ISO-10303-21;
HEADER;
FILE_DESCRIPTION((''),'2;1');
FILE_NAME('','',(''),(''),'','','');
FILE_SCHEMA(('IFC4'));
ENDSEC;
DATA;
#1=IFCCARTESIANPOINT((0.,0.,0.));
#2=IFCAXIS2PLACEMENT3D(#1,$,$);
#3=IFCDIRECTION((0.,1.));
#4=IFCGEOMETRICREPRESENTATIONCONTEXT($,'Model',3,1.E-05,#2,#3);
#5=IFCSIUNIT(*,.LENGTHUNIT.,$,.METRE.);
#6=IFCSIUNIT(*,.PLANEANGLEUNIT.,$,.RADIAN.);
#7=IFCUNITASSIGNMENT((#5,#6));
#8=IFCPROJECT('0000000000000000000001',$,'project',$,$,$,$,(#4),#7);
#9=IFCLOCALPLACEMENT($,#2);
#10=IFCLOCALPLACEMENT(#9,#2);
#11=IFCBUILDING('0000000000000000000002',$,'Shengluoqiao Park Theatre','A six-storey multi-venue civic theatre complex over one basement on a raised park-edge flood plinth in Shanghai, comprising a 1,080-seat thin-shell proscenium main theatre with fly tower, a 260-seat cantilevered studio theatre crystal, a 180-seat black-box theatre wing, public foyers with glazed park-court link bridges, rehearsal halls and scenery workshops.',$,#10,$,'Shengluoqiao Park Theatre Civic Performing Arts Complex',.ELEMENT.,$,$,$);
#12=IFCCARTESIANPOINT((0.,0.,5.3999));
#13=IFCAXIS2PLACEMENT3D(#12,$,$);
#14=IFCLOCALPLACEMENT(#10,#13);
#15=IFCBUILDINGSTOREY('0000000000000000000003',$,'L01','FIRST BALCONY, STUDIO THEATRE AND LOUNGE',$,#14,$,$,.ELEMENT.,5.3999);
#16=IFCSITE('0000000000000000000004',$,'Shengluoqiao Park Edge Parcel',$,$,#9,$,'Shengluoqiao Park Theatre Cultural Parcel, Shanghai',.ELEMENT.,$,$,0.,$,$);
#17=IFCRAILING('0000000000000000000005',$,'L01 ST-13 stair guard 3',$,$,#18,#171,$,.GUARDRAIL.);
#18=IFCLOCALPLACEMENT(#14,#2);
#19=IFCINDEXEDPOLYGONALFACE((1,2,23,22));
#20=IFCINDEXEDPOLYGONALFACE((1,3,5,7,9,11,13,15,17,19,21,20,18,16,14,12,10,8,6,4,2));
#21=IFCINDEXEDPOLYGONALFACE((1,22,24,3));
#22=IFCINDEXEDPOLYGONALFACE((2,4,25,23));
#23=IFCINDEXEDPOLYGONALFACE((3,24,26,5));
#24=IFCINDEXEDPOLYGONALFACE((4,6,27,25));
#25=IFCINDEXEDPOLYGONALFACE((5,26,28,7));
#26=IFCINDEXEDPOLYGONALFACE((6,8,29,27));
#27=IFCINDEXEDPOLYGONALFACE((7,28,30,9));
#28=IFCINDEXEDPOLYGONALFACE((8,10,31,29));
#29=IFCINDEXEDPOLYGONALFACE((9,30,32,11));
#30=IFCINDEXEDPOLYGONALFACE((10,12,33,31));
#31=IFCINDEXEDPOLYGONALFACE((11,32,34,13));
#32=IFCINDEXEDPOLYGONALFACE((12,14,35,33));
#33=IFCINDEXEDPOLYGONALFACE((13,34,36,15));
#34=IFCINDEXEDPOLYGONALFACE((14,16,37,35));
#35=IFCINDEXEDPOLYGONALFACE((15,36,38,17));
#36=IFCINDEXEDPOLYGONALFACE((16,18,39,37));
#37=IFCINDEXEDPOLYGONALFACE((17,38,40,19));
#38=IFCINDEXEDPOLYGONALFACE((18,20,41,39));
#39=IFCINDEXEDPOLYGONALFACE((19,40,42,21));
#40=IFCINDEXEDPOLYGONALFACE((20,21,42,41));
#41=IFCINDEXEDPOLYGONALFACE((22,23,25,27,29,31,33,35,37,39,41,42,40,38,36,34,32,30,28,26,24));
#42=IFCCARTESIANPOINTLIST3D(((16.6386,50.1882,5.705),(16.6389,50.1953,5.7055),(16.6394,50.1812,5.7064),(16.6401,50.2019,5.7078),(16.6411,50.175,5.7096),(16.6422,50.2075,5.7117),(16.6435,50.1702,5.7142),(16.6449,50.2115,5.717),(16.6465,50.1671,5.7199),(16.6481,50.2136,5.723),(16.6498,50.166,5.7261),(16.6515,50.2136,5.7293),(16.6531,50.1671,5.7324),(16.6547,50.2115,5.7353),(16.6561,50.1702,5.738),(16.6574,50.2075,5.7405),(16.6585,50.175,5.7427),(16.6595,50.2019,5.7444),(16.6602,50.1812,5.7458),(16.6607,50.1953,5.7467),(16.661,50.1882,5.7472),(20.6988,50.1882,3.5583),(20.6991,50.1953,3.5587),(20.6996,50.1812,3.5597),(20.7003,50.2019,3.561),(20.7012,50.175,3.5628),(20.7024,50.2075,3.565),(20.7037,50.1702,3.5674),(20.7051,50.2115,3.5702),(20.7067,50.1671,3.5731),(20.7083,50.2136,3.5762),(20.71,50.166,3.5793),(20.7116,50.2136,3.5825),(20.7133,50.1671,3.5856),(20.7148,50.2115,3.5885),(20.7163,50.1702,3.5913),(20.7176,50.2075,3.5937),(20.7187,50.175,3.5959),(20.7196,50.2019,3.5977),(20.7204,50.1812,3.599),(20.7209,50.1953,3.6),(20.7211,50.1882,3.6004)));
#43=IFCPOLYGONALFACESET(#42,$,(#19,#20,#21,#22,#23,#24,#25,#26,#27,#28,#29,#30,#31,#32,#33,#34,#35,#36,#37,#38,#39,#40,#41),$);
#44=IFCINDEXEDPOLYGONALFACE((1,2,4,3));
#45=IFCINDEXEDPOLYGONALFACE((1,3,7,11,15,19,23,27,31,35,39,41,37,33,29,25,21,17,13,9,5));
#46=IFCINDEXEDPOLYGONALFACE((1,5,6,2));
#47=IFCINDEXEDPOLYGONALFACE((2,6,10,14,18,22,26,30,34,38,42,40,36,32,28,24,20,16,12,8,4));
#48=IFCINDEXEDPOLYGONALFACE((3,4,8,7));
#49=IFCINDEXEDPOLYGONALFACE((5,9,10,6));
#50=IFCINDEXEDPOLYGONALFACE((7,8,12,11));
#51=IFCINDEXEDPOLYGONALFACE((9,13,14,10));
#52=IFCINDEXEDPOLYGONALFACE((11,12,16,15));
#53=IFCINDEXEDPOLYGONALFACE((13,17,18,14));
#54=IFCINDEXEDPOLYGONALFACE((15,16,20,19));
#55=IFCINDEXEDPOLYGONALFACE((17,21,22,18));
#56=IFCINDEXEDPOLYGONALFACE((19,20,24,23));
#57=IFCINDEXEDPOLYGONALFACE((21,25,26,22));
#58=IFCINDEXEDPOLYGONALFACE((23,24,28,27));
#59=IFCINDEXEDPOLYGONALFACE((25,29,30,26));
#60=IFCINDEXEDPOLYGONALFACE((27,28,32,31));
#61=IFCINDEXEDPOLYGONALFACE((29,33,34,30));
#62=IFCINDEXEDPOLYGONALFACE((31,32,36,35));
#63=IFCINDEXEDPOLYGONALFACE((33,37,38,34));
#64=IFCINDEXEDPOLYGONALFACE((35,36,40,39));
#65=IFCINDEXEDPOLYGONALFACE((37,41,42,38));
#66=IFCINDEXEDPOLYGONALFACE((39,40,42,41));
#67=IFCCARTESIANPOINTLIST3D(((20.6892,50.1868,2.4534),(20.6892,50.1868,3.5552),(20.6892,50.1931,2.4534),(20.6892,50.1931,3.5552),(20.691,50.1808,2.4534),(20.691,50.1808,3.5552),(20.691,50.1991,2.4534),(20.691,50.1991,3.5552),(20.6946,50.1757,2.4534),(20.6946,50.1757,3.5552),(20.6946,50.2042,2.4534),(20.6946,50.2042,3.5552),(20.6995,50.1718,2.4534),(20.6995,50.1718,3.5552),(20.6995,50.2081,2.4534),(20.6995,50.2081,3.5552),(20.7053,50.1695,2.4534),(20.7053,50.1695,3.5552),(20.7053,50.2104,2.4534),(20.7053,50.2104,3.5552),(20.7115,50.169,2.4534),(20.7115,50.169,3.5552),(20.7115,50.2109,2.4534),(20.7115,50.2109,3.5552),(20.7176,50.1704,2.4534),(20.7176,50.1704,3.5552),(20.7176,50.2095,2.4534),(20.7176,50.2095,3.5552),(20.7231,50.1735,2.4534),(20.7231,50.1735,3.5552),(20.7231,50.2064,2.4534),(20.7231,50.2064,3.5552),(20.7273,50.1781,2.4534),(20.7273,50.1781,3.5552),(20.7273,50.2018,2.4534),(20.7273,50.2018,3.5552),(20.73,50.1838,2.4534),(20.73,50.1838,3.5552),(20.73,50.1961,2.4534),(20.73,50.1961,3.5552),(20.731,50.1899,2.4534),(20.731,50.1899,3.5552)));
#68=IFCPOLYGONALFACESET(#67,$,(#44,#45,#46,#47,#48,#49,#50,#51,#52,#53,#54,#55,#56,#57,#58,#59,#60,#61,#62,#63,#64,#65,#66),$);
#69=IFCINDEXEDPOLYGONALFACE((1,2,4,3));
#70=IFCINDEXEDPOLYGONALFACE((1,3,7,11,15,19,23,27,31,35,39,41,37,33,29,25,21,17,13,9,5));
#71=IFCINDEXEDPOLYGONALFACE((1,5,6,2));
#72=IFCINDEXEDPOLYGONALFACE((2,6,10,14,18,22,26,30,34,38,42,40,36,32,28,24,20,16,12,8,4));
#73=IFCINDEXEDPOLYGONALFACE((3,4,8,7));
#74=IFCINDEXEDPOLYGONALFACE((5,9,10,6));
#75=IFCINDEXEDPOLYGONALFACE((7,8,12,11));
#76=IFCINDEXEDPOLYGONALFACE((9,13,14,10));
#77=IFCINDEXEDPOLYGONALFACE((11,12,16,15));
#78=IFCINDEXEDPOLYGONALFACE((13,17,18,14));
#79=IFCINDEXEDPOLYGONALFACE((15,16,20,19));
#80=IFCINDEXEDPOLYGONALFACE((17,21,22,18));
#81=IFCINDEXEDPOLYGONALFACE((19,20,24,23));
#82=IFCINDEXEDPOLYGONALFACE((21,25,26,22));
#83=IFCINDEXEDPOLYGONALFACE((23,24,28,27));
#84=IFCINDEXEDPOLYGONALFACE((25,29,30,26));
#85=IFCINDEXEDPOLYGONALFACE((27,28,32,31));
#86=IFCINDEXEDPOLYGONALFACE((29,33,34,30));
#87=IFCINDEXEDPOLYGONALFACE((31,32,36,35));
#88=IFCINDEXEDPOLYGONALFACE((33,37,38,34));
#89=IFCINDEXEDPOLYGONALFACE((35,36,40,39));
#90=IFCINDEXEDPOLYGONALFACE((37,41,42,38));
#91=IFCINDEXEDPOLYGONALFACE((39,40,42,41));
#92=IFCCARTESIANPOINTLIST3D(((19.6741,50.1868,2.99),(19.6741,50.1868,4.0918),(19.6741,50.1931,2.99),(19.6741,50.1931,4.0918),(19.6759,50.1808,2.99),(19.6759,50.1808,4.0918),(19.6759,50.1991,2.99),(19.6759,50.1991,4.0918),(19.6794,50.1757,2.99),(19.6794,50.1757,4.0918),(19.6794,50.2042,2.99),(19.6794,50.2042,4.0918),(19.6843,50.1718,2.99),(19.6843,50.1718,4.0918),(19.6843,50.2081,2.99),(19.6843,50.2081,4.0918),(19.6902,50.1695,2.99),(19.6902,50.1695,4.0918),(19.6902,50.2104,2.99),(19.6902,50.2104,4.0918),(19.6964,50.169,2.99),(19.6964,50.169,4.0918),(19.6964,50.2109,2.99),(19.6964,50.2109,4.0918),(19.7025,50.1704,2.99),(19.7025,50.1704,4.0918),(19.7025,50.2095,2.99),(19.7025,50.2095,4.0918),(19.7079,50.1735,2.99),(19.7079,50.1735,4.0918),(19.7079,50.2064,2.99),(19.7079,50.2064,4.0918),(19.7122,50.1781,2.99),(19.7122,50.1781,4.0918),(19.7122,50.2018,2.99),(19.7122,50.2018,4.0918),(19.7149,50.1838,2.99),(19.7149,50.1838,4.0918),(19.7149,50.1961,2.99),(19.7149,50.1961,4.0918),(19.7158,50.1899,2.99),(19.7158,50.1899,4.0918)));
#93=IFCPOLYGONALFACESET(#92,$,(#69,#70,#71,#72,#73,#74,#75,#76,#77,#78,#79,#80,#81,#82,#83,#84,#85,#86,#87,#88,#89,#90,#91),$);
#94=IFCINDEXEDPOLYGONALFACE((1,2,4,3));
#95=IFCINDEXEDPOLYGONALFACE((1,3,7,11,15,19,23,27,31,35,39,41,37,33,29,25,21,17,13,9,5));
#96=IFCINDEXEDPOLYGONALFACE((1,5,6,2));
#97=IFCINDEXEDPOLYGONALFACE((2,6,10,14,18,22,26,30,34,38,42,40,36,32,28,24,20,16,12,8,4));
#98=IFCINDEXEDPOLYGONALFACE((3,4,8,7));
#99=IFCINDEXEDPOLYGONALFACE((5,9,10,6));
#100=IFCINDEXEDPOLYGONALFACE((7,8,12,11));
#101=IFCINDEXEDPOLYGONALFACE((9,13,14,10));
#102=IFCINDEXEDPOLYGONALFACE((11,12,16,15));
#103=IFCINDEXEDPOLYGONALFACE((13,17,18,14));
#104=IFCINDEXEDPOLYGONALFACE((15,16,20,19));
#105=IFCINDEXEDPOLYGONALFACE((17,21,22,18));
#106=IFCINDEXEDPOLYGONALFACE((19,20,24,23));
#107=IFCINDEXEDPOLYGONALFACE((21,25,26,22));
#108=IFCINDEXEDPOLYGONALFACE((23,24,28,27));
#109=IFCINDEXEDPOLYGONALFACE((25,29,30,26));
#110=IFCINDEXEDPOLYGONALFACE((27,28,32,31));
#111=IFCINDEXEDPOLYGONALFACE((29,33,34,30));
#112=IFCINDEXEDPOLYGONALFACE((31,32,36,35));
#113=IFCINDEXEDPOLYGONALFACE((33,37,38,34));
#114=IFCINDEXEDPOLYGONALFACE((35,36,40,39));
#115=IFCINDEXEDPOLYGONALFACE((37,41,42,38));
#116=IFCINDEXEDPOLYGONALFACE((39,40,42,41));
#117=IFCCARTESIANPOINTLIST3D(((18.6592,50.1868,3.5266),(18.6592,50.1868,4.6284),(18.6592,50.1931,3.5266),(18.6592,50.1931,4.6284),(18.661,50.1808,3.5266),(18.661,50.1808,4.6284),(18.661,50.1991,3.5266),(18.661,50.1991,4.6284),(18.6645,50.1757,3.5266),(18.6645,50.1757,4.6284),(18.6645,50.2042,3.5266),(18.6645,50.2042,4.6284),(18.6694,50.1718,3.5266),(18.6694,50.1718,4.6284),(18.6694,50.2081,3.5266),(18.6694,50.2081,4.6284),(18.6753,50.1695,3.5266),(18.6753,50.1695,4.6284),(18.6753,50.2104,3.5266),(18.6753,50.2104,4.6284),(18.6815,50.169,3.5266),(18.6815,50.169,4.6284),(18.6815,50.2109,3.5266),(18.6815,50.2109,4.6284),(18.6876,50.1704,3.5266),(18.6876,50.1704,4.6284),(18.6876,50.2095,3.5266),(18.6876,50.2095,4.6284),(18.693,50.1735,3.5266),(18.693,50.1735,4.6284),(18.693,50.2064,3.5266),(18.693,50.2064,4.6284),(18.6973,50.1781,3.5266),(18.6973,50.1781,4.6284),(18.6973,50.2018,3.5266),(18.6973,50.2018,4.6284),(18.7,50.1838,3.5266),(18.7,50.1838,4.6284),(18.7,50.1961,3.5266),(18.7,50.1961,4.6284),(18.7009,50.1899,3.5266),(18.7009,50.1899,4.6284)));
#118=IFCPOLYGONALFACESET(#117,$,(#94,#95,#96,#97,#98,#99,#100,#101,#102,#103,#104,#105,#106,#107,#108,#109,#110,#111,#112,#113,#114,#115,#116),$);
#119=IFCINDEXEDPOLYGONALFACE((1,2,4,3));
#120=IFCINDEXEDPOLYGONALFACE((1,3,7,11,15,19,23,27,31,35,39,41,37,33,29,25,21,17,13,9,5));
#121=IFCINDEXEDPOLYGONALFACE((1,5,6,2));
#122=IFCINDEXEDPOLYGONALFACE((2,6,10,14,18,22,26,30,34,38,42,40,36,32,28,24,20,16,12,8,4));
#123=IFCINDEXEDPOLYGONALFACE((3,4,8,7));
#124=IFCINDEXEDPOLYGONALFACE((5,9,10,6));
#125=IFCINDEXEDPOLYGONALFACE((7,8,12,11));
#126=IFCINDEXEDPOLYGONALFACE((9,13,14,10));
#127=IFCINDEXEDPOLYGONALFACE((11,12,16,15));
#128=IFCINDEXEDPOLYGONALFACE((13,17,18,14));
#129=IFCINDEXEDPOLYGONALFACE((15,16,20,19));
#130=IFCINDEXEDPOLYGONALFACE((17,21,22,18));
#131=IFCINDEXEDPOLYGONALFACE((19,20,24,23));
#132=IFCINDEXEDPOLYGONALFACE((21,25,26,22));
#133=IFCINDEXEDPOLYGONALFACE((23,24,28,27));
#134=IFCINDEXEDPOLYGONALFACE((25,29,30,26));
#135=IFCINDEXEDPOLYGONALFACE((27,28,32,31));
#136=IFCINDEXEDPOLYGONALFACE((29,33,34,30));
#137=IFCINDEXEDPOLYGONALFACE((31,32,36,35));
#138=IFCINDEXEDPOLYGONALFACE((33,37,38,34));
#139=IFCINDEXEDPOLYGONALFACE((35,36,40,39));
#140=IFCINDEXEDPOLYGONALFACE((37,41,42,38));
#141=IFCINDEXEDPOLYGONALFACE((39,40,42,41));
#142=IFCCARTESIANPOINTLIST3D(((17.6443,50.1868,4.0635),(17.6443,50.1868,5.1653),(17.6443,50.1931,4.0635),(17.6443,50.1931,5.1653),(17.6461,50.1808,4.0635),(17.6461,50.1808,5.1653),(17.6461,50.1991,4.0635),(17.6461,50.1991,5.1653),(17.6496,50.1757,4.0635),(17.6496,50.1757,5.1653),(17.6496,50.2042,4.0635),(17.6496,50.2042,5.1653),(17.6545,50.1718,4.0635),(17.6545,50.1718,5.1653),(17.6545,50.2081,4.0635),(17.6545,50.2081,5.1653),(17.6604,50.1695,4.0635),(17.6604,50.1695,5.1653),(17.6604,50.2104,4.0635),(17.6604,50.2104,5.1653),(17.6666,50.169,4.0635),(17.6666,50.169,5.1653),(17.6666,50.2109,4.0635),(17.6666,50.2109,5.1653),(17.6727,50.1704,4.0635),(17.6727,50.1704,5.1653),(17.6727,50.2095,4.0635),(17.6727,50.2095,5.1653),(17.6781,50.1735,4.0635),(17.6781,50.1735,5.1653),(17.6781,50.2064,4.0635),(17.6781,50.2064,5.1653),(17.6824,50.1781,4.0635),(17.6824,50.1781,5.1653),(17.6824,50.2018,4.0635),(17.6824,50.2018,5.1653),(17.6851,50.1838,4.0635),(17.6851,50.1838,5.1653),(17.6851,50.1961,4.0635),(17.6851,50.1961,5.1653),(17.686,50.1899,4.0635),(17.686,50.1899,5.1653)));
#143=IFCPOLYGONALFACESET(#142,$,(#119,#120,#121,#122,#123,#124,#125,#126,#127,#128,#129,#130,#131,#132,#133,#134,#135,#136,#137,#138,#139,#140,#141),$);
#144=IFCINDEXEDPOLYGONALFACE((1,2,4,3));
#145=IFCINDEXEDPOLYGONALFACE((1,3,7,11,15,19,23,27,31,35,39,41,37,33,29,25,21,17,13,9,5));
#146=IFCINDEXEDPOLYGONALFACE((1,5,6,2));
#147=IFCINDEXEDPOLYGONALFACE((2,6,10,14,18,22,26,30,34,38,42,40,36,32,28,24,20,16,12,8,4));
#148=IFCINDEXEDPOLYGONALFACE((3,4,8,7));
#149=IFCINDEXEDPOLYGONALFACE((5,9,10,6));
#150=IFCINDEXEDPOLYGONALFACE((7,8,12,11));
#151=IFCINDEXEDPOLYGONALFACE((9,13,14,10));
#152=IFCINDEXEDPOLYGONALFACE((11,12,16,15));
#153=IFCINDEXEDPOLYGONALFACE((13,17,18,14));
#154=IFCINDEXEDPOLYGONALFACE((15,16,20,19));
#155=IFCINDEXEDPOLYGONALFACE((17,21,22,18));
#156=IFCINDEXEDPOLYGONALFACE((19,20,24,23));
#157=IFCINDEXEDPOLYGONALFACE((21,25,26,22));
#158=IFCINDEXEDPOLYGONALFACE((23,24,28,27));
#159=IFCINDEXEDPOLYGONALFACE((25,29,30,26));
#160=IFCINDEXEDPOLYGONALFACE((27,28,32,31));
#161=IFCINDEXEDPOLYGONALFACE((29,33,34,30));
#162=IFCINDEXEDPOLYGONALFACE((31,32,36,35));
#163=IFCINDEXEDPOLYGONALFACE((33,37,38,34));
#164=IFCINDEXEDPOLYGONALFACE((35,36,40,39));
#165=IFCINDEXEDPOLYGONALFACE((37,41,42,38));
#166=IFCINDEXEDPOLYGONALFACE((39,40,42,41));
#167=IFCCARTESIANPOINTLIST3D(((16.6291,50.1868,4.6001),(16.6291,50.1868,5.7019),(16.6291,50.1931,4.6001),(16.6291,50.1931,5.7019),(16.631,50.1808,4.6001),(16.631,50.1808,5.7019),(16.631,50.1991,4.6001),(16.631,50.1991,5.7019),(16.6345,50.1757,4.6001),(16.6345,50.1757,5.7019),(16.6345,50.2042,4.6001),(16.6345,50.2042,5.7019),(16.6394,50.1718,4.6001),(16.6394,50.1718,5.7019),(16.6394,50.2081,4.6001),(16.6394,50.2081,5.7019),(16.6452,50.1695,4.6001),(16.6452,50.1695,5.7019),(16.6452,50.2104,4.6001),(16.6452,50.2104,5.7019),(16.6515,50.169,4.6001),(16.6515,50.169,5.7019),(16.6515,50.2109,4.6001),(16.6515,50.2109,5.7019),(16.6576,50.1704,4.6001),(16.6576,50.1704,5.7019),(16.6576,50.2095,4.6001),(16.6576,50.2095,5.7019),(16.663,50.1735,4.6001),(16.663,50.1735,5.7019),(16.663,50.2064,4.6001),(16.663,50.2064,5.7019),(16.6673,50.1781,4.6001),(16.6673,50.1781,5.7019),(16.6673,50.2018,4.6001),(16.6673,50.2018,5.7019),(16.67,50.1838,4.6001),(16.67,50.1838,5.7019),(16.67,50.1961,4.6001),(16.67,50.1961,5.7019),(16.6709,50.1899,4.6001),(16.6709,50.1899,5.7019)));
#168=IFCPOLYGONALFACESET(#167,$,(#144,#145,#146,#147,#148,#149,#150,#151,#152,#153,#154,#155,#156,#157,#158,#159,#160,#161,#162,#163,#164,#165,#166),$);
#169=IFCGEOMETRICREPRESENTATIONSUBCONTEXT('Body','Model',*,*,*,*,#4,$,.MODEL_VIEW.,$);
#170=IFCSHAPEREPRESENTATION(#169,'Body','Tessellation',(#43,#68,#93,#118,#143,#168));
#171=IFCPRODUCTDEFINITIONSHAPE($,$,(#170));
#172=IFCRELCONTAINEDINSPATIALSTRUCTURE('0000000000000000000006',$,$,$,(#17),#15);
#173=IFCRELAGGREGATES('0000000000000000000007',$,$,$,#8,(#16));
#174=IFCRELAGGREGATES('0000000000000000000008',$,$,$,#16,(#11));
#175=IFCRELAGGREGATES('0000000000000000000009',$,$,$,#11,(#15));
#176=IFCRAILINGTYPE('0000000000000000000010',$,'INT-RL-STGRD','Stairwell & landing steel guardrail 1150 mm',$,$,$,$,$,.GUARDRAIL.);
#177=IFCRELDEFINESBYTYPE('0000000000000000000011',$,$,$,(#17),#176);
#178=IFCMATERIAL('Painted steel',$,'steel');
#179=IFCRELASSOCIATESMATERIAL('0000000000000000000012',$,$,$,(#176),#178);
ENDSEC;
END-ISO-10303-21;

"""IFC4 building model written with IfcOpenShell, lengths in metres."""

from ifc_helpers import new_model, si_unit, direction, frame, origin, origin_2d, place, context, subcontext, project, spatial, circle, extrude, material, type_object, element, save


model = new_model("IFC4")

# Units and contexts
model_context = context("Model", 3, precision=1e-05, world=origin(), true_north=direction((0.0, 1.0)))
body_context = subcontext(model_context, "Body", "Model", "MODEL_VIEW")
ifc_project = project(units=[si_unit("LENGTHUNIT", "METRE"), si_unit("PLANEANGLEUNIT", "RADIAN")], contexts=[model_context])

# Site, building, storey
site_placement = place(None, origin())
site = spatial("IfcSite", under=ifc_project, at=site_placement, Name="Shengluoqiao Park Edge Parcel", LongName="Shengluoqiao Park Theatre Cultural Parcel, Shanghai", CompositionType="ELEMENT", RefElevation=0.0)
building_placement = place(site_placement, origin())
building = spatial("IfcBuilding", under=site, at=building_placement, Name="Shengluoqiao Park Theatre", Description="A six-storey multi-venue civic theatre complex over one basement on a raised park-edge flood plinth in Shanghai, comprising a 1,080-seat thin-shell proscenium main theatre with fly tower, a 260-seat cantilevered studio theatre crystal, a 180-seat black-box theatre wing, public foyers with glazed park-court link bridges, rehearsal halls and scenery workshops.", LongName="Shengluoqiao Park Theatre Civic Performing Arts Complex", CompositionType="ELEMENT")
storey_placement = place(building_placement, frame((0.0, 0.0, 5.3999)))
storey = spatial("IfcBuildingStorey", under=building, at=storey_placement, Name="L01", Description="FIRST BALCONY, STUDIO THEATRE AND LOUNGE", CompositionType="ELEMENT", Elevation=5.3999)

# Railing
ifc_material_1 = material(Name="Painted steel", Category="steel")
railing_type_1 = type_object("IfcRailingType", Name="INT-RL-STGRD", Description="Stairwell & landing steel guardrail 1150 mm", PredefinedType="GUARDRAIL", material=ifc_material_1)
railing_1_placement = place(storey_placement, frame((20.71, 50.1899, 2.4534)))
element("IfcRailing", 1, at=railing_1_placement, inside=storey, type_object=railing_type_1, Name="L01 ST-13 stair guard 3", PredefinedType="GUARDRAIL", context=body_context, shape_type="SweptSolid", body=[
    extrude(circle(Radius=0.0239, at=origin_2d()), frame((0.0, 0.0, 1.126), z_axis=(-0.884032, 0.0, 0.467426), x_axis=(0.0, -1.0, 0.0)), (0.0, 0.0, 1.0), 4.5928),
    extrude(circle(Radius=0.021, at=origin_2d()), origin(), (0.0, 0.0, 1.0), 1.1018),
    extrude(circle(Radius=0.021, at=origin_2d()), frame((-1.0151, 0.0, 0.5366)), (0.0, 0.0, 1.0), 1.1018),
    extrude(circle(Radius=0.021, at=origin_2d()), frame((-2.03, 0.0, 1.0732)), (0.0, 0.0, 1.0), 1.1018),
    extrude(circle(Radius=0.021, at=origin_2d()), frame((-3.0449, 0.0, 1.6101)), (0.0, 0.0, 1.0), 1.1018),
    extrude(circle(Radius=0.021, at=origin_2d()), frame((-4.0601, 0.0, 2.1467)), (0.0, 0.0, 1.0), 1.1018),
])

save(model, "model.ifc")
